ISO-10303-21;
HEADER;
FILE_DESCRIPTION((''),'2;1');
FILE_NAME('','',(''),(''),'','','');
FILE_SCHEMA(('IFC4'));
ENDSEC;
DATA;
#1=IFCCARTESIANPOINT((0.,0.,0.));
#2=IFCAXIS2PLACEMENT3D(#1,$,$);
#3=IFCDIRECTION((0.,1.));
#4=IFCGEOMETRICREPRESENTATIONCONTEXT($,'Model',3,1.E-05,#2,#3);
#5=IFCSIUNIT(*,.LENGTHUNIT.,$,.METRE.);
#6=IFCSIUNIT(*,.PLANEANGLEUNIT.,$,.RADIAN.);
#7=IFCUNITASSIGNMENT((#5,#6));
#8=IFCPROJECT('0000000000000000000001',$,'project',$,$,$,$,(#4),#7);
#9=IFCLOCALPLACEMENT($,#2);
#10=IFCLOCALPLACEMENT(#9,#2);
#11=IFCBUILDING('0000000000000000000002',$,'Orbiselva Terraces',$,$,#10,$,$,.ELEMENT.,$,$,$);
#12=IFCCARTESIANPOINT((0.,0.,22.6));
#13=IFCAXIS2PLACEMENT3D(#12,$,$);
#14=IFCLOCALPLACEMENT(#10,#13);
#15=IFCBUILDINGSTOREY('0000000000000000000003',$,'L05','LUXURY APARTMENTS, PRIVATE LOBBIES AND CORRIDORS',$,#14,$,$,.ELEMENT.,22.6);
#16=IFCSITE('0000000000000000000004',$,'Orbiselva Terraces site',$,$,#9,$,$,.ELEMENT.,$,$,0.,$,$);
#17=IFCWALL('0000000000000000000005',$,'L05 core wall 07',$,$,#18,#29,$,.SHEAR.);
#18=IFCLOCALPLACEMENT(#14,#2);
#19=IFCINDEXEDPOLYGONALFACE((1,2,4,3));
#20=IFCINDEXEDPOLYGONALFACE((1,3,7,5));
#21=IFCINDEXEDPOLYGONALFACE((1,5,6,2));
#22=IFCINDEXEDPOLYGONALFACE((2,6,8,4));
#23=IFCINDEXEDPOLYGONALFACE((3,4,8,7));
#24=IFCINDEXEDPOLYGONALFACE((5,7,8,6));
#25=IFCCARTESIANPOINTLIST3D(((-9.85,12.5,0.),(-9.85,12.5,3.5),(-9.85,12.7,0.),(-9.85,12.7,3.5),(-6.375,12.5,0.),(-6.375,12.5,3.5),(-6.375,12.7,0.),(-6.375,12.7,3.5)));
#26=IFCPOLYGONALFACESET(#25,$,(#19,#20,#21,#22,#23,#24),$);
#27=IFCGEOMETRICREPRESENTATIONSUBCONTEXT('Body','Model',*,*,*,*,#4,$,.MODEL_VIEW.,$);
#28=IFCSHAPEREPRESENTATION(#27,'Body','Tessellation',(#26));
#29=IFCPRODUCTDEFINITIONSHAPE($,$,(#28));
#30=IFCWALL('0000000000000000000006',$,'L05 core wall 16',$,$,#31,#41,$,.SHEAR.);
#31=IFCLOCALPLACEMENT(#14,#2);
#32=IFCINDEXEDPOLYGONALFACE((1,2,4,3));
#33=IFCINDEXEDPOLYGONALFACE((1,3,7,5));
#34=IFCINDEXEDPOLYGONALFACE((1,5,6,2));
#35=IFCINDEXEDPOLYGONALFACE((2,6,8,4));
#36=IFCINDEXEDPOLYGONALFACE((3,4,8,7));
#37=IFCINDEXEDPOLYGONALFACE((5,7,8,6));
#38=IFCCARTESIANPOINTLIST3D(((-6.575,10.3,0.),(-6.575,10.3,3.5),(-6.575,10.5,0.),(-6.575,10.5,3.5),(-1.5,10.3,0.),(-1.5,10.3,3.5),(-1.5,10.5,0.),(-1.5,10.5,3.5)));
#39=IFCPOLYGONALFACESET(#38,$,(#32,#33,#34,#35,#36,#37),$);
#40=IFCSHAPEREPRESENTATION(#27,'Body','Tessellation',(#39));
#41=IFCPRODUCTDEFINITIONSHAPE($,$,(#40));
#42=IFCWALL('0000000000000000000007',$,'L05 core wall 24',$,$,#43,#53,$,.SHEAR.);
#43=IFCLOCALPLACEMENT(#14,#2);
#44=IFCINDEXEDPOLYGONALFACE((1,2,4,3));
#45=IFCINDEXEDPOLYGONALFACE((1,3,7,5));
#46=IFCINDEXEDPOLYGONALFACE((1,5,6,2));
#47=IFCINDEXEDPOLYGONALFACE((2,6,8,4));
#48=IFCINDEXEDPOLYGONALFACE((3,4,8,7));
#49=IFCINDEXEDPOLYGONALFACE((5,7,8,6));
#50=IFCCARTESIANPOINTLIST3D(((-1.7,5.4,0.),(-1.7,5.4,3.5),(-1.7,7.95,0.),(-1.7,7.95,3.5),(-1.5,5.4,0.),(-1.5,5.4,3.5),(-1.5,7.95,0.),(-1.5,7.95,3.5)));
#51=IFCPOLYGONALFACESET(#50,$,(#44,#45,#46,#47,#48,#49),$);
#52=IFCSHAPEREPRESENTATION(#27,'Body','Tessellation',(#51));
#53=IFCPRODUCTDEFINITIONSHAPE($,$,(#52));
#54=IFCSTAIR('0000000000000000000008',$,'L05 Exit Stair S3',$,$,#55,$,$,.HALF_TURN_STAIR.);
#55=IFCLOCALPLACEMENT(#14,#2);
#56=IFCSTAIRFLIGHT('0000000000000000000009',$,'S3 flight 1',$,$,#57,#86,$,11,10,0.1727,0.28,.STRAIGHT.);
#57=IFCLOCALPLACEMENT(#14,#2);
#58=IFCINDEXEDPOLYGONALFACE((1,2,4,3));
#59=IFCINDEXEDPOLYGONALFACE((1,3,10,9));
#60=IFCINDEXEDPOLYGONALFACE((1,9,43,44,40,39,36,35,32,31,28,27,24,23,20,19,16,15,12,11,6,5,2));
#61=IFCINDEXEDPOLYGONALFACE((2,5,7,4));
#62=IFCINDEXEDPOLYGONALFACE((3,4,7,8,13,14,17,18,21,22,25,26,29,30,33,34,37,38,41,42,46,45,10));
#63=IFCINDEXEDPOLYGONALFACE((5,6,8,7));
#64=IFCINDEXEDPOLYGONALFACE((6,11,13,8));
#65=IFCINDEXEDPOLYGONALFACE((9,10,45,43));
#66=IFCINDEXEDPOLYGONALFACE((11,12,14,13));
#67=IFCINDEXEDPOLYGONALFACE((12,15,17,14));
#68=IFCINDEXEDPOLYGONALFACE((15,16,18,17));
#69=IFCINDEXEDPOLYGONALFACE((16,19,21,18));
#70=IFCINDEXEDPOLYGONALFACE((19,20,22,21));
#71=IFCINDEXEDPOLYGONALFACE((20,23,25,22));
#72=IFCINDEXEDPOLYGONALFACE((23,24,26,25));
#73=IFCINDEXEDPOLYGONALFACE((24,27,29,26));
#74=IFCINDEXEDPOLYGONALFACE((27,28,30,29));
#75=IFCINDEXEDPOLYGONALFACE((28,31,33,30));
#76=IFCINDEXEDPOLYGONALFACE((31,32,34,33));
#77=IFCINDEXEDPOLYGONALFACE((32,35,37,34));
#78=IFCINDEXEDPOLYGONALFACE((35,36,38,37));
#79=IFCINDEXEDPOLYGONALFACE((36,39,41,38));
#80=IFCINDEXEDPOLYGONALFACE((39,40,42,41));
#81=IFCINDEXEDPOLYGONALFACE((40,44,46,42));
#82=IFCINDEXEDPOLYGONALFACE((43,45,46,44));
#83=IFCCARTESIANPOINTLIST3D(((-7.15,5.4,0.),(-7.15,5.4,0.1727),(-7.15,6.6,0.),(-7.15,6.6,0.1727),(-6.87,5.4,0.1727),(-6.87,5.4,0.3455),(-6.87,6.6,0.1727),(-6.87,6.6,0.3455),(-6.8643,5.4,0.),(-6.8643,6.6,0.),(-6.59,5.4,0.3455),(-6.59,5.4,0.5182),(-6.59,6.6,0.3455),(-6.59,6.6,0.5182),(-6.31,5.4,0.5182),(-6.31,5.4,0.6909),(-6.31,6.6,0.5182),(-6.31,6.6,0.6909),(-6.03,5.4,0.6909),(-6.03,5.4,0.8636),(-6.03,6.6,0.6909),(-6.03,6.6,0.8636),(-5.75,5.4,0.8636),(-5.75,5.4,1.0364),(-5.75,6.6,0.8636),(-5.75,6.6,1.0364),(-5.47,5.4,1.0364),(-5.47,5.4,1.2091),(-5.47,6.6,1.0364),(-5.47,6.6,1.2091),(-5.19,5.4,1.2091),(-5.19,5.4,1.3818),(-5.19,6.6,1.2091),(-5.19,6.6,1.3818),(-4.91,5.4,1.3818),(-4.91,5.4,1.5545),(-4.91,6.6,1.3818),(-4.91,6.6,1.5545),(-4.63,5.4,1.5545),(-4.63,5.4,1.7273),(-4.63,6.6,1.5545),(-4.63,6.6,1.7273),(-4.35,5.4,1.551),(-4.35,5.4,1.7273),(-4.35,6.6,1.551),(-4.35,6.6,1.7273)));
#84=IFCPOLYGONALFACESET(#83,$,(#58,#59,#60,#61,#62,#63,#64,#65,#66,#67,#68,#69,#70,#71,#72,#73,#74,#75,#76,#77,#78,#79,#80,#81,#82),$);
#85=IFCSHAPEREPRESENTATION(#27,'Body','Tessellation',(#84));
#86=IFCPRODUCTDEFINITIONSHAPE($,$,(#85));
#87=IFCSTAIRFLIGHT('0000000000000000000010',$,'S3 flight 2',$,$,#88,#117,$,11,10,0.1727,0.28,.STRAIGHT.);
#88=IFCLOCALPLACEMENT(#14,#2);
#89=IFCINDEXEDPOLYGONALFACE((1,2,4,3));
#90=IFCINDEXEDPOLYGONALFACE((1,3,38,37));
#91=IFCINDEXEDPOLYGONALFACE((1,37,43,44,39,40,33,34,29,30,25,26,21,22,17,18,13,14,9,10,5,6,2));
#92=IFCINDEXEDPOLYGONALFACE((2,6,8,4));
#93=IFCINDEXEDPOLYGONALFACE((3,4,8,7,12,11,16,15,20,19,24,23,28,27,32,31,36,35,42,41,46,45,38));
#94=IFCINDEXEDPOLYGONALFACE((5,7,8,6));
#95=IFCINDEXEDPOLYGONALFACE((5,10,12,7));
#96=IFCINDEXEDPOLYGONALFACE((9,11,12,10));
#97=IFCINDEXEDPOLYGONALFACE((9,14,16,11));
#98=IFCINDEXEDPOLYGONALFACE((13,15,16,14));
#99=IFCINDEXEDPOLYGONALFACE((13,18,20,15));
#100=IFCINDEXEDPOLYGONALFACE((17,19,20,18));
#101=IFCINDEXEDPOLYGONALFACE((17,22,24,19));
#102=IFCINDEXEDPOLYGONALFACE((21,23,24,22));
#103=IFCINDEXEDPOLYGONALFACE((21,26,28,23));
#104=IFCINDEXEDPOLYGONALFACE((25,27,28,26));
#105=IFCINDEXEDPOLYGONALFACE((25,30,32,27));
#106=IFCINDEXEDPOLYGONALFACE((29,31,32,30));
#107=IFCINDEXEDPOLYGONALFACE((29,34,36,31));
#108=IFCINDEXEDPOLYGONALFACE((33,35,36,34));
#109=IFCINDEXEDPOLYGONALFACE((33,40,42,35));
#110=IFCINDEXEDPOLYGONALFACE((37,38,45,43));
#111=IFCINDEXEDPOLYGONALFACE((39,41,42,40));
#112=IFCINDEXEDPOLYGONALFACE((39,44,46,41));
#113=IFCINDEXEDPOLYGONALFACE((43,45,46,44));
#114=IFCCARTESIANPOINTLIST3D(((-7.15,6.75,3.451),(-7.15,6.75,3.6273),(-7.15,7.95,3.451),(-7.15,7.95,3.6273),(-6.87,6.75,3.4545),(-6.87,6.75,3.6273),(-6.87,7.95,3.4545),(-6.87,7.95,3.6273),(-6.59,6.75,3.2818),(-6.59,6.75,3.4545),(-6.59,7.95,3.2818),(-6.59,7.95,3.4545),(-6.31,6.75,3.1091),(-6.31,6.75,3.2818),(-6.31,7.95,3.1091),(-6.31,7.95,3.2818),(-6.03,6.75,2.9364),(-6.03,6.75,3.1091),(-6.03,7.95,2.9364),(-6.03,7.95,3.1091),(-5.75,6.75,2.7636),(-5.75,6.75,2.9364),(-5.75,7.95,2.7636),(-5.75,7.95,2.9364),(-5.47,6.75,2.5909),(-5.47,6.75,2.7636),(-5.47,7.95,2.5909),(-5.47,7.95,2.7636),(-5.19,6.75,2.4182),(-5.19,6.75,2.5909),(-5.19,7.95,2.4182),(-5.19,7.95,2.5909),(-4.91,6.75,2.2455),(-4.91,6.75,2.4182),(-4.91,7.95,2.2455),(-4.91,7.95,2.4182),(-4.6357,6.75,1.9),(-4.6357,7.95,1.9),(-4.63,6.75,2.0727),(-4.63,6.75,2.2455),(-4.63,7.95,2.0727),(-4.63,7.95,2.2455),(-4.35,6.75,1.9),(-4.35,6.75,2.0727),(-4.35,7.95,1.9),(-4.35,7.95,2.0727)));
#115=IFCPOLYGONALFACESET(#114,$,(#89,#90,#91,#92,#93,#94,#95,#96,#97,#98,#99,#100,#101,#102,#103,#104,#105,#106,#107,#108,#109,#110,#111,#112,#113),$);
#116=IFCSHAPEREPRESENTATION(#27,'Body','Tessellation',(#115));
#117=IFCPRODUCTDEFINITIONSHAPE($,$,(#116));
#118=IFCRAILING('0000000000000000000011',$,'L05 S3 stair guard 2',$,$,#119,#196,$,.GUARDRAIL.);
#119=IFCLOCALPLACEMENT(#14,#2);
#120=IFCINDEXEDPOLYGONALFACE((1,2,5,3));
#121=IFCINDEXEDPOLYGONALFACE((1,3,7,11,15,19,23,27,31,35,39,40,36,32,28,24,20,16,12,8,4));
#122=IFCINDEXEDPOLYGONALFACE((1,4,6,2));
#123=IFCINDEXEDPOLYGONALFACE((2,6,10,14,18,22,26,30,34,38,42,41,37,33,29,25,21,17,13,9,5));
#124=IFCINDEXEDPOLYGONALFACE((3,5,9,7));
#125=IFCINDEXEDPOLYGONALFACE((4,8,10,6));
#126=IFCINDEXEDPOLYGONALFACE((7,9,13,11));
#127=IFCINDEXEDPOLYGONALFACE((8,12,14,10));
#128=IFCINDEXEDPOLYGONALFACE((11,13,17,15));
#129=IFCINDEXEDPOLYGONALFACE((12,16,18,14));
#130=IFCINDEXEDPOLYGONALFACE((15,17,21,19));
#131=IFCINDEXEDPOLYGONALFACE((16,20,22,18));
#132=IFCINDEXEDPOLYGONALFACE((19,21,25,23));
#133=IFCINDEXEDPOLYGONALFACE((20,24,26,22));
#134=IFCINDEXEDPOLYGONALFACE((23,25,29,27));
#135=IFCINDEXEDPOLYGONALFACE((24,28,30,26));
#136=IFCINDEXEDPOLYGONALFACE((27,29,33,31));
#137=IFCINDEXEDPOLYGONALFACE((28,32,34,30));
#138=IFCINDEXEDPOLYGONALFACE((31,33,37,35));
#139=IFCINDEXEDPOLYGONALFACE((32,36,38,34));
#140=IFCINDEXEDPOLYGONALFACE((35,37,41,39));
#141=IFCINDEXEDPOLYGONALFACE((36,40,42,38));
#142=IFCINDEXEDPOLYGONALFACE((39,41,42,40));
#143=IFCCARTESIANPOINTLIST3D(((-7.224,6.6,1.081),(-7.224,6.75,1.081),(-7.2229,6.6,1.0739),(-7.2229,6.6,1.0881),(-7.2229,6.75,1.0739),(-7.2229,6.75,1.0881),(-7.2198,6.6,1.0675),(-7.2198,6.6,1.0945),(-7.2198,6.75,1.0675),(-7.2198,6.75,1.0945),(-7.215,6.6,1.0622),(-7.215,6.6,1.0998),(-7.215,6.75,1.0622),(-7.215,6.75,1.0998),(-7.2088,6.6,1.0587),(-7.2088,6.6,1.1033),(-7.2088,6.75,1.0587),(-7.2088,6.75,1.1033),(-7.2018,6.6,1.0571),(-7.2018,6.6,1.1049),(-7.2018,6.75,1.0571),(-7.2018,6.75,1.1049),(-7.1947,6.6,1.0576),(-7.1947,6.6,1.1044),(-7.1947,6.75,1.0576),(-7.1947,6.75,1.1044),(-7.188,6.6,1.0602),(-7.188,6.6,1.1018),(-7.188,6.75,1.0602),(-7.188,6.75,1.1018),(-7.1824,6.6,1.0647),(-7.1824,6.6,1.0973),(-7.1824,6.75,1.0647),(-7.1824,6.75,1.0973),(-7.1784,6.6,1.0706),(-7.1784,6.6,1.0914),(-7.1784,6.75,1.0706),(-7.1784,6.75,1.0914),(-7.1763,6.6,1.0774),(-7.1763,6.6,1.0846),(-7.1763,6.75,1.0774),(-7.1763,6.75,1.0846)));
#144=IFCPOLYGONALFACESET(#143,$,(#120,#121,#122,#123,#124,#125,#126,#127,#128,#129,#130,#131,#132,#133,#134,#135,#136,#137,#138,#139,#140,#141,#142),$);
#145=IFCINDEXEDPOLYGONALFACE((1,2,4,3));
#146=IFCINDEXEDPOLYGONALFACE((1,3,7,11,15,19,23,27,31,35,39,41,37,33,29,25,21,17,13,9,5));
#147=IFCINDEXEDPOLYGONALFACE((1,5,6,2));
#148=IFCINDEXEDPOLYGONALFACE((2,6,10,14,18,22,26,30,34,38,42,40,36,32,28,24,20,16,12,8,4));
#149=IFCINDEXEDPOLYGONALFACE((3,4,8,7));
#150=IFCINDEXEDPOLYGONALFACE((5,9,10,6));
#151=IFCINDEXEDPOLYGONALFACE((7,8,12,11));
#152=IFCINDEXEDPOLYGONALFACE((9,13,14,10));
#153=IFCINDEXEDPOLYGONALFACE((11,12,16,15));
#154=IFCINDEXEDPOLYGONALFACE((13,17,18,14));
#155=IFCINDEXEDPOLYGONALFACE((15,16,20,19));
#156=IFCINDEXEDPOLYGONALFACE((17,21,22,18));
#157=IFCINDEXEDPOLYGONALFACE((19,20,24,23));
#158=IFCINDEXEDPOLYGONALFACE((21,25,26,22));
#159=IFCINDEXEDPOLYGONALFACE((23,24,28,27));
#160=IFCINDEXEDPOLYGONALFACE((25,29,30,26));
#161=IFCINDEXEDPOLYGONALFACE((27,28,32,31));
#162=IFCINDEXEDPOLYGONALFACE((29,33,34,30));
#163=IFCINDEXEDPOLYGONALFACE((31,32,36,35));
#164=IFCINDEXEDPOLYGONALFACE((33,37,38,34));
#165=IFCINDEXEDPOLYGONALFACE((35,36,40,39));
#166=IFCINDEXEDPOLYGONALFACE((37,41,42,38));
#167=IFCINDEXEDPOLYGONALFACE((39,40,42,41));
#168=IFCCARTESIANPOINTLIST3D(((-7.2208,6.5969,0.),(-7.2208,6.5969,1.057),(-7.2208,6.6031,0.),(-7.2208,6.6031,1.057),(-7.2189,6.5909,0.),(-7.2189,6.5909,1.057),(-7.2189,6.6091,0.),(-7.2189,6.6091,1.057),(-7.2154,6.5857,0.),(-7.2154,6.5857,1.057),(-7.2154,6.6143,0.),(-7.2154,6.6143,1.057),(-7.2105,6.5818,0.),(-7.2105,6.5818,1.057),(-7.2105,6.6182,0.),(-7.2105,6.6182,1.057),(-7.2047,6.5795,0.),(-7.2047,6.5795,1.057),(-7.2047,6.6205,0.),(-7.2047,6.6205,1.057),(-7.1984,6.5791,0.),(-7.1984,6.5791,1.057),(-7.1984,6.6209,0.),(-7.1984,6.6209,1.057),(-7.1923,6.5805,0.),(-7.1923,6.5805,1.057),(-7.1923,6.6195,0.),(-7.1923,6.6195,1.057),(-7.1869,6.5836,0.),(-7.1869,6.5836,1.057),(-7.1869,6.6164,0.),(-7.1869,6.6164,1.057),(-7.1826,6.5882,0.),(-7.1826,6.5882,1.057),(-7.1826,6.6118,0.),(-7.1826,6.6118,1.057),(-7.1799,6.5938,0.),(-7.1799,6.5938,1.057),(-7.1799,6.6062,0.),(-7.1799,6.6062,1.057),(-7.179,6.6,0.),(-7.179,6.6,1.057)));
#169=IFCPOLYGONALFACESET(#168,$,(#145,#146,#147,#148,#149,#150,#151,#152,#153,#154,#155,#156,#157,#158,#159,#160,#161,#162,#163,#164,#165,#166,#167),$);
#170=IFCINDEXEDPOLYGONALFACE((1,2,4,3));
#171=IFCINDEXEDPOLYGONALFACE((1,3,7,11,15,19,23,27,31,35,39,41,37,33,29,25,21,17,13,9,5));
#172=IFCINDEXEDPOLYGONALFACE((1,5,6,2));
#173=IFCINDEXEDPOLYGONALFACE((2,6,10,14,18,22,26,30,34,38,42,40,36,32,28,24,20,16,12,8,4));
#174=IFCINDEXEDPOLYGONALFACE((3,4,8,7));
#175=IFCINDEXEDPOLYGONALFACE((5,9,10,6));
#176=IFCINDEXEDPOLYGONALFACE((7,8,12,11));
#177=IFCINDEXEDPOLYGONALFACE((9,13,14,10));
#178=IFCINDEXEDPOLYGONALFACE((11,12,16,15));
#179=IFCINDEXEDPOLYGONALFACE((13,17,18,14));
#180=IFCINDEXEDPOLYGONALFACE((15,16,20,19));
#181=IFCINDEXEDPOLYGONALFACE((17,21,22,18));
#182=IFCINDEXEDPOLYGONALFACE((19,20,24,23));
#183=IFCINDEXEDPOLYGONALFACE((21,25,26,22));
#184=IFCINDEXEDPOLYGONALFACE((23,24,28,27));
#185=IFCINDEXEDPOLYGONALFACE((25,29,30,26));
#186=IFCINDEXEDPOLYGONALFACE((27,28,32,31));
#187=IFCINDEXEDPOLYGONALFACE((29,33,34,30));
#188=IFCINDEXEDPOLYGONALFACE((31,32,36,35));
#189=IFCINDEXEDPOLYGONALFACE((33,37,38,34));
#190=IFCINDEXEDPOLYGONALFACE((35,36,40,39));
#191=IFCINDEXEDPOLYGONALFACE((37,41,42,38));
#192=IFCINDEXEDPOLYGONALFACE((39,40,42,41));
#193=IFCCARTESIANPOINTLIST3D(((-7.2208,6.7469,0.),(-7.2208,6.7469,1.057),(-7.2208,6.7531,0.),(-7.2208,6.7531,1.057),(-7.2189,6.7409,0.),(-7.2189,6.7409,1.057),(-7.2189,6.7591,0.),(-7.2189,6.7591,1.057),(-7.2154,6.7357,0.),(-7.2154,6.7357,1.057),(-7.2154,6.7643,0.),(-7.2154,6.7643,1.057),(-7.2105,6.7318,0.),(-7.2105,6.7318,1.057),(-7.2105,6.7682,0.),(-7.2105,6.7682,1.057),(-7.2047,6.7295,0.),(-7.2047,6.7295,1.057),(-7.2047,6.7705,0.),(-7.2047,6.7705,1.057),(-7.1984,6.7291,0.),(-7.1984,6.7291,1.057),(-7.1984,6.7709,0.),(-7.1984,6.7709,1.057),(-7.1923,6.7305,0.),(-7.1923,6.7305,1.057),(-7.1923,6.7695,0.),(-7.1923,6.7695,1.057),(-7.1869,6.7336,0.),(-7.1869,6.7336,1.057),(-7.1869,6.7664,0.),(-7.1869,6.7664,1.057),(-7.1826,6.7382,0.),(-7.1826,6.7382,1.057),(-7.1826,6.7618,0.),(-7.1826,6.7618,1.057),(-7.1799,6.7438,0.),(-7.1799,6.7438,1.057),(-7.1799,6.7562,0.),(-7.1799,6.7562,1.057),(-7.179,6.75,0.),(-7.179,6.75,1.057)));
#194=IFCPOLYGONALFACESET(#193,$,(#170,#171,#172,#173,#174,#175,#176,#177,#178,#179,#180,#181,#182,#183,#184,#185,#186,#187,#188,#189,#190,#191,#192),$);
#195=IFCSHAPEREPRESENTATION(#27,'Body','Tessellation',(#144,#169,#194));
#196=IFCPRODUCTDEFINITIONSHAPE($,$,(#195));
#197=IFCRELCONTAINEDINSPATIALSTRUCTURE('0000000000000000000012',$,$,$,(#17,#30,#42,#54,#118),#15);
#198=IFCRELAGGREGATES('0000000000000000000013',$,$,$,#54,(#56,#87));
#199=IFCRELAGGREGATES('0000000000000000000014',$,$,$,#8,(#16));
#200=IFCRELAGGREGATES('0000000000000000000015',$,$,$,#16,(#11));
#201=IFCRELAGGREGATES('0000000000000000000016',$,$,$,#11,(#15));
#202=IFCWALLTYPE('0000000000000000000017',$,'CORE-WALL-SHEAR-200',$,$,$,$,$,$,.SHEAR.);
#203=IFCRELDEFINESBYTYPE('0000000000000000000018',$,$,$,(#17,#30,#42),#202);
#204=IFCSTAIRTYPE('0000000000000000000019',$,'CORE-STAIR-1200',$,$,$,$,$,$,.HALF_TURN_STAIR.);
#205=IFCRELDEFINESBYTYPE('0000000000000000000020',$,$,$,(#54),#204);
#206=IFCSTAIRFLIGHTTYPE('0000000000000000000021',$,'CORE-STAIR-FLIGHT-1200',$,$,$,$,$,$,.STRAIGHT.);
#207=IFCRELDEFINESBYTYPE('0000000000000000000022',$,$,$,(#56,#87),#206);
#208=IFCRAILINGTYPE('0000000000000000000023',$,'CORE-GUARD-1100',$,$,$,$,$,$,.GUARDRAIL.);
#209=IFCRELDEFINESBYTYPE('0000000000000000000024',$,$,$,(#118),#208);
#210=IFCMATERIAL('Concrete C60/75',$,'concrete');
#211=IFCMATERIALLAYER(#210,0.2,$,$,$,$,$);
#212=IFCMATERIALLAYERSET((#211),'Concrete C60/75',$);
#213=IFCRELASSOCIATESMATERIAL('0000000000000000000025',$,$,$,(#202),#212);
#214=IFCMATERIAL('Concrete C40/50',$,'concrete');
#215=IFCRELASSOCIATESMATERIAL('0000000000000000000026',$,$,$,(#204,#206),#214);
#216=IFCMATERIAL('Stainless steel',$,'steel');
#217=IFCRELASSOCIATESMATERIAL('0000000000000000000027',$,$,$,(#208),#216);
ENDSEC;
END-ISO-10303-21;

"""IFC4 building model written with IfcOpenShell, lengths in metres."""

from ifc_helpers import new_model, si_unit, direction, frame, frame_2d, origin, origin_2d, place, context, subcontext, project, spatial, polyline, rectangle, circle, outline, extrude, material, layer, layer_set, type_object, element, aggregate, save


model = new_model("IFC4")

# Units and contexts
model_context = context("Model", 3, precision=1e-05, world=origin(), true_north=direction((0.0, 1.0)))
body_context = subcontext(model_context, "Body", "Model", "MODEL_VIEW")
ifc_project = project(units=[si_unit("LENGTHUNIT", "METRE"), si_unit("PLANEANGLEUNIT", "RADIAN")], contexts=[model_context])

# Site, building, storey
site_placement = place(None, origin())
site = spatial("IfcSite", under=ifc_project, at=site_placement, Name="Orbiselva Terraces site", CompositionType="ELEMENT", RefElevation=0.0)
building_placement = place(site_placement, origin())
building = spatial("IfcBuilding", under=site, at=building_placement, Name="Orbiselva Terraces", CompositionType="ELEMENT")
storey_placement = place(building_placement, frame((0.0, 0.0, 22.6)))
storey = spatial("IfcBuildingStorey", under=building, at=storey_placement, Name="L05", Description="LUXURY APARTMENTS, PRIVATE LOBBIES AND CORRIDORS", CompositionType="ELEMENT", Elevation=22.6)

# Walls
ifc_material_1 = material(Name="Concrete C60/75", Category="concrete")
ifc_layer_1 = layer(ifc_material_1, 0.2)
ifc_layer_set_1 = layer_set([ifc_layer_1], Name="Concrete C60/75")
wall_type_1 = type_object("IfcWallType", Name="CORE-WALL-SHEAR-200", PredefinedType="SHEAR", material=ifc_layer_set_1)
wall_1_placement = place(storey_placement, frame((-9.85, 12.6, 0.0), z_axis=(0.0, 0.0, 1.0), x_axis=(1.0, 0.0, 0.0)))
element("IfcWall", 1, at=wall_1_placement, inside=storey, type_object=wall_type_1, Name="L05 core wall 07", PredefinedType="SHEAR", context=body_context, shape_type="SweptSolid", body=[
    extrude(rectangle(XDim=3.475, YDim=0.2, at=frame_2d((1.7375, 0.0))), origin(), (0.0, 0.0, 1.0), 3.5),
])
wall_2_placement = place(storey_placement, frame((-6.575, 10.4, 0.0), z_axis=(0.0, 0.0, 1.0), x_axis=(1.0, 0.0, 0.0)))
element("IfcWall", 2, at=wall_2_placement, inside=storey, type_object=wall_type_1, Name="L05 core wall 16", PredefinedType="SHEAR", context=body_context, shape_type="SweptSolid", body=[
    extrude(rectangle(XDim=5.075, YDim=0.2, at=frame_2d((2.5375, 0.0))), origin(), (0.0, 0.0, 1.0), 3.5),
])
wall_3_placement = place(storey_placement, frame((-1.6, 5.4, 0.0), z_axis=(0.0, 0.0, 1.0), x_axis=(0.0, 1.0, 0.0)))
element("IfcWall", 3, at=wall_3_placement, inside=storey, type_object=wall_type_1, Name="L05 core wall 24", PredefinedType="SHEAR", context=body_context, shape_type="SweptSolid", body=[
    extrude(rectangle(XDim=2.55, YDim=0.2, at=frame_2d((1.275, 0.0))), origin(), (0.0, 0.0, 1.0), 3.5),
])

# Stair, stair flights
ifc_material_2 = material(Name="Concrete C40/50", Category="concrete")
stair_type = type_object("IfcStairType", Name="CORE-STAIR-1200", PredefinedType="HALF_TURN_STAIR", material=ifc_material_2)
stair_placement = place(storey_placement, origin())
stair = element("IfcStair", 4, at=stair_placement, inside=storey, type_object=stair_type, Name="L05 Exit Stair S3", PredefinedType="HALF_TURN_STAIR")
stair_flight_type = type_object("IfcStairFlightType", Name="CORE-STAIR-FLIGHT-1200", PredefinedType="STRAIGHT", material=ifc_material_2)
stair_flight_1_placement = place(storey_placement, frame((-7.15, 6.0, 0.0), z_axis=(0.0, 0.0, 1.0), x_axis=(1.0, 0.0, 0.0)))
stair_flight_1 = element("IfcStairFlight", 5, at=stair_flight_1_placement, type_object=stair_flight_type, Name="S3 flight 1", NumberOfRisers=11, NumberOfTreads=10, PredefinedType="STRAIGHT", RiserHeight=0.1727, TreadLength=0.28, context=body_context, shape_type="SweptSolid", body=[
    extrude(outline(polyline([(0.0, 0.0), (0.0, 0.1727), (0.28, 0.1727), (0.28, 0.3455), (0.56, 0.3455), (0.56, 0.5182), (0.84, 0.5182), (0.84, 0.6909), (1.12, 0.6909), (1.12, 0.8636), (1.4, 0.8636), (1.4, 1.0364), (1.68, 1.0364), (1.68, 1.2091), (1.96, 1.2091), (1.96, 1.3818), (2.24, 1.3818), (2.24, 1.5545), (2.52, 1.5545), (2.52, 1.7273), (2.8, 1.7273), (2.8, 1.9), (2.8, 1.551), (0.2857, 0.0), (0.0, 0.0)])), frame((0.0, 0.6, 0.0), z_axis=(0.0, -1.0, 0.0), x_axis=(1.0, 0.0, 0.0)), (0.0, 0.0, 1.0), 1.2),
])
stair_flight_2_placement = place(storey_placement, frame((-4.35, 7.35, 1.9), z_axis=(0.0, 0.0, 1.0), x_axis=(-1.0, 0.0, 0.0)))
stair_flight_2 = element("IfcStairFlight", 6, at=stair_flight_2_placement, type_object=stair_flight_type, Name="S3 flight 2", NumberOfRisers=11, NumberOfTreads=10, PredefinedType="STRAIGHT", RiserHeight=0.1727, TreadLength=0.28, context=body_context, shape_type="SweptSolid", body=[
    extrude(outline(polyline([(0.0, 0.0), (0.0, 0.1727), (0.28, 0.1727), (0.28, 0.3455), (0.56, 0.3455), (0.56, 0.5182), (0.84, 0.5182), (0.84, 0.6909), (1.12, 0.6909), (1.12, 0.8636), (1.4, 0.8636), (1.4, 1.0364), (1.68, 1.0364), (1.68, 1.2091), (1.96, 1.2091), (1.96, 1.3818), (2.24, 1.3818), (2.24, 1.5545), (2.52, 1.5545), (2.52, 1.7273), (2.8, 1.7273), (2.8, 1.9), (2.8, 1.551), (0.2857, 0.0), (0.0, 0.0)])), frame((0.0, 0.6, 0.0), z_axis=(0.0, -1.0, 0.0), x_axis=(1.0, 0.0, 0.0)), (0.0, 0.0, 1.0), 1.2),
])
aggregate(stair, [stair_flight_1, stair_flight_2])

# Railing
ifc_material_3 = material(Name="Stainless steel", Category="steel")
railing_type_1 = type_object("IfcRailingType", Name="CORE-GUARD-1100", PredefinedType="GUARDRAIL", material=ifc_material_3)
railing_1_placement = place(storey_placement, frame((-7.2, 6.6, 0.0)))
element("IfcRailing", 7, at=railing_1_placement, inside=storey, type_object=railing_type_1, Name="L05 S3 stair guard 2", PredefinedType="GUARDRAIL", context=body_context, shape_type="SweptSolid", body=[
    extrude(circle(Radius=0.024, at=origin_2d()), frame((0.0, 0.0, 1.081), z_axis=(0.0, 1.0, 0.0), x_axis=(-1.0, 0.0, 0.0)), (0.0, 0.0, 1.0), 0.15),
    extrude(circle(Radius=0.021, at=origin_2d()), origin(), (0.0, 0.0, 1.0), 1.057),
    extrude(circle(Radius=0.021, at=origin_2d()), frame((0.0, 0.15, 0.0)), (0.0, 0.0, 1.0), 1.057),
])

save(model, "model.ifc")
